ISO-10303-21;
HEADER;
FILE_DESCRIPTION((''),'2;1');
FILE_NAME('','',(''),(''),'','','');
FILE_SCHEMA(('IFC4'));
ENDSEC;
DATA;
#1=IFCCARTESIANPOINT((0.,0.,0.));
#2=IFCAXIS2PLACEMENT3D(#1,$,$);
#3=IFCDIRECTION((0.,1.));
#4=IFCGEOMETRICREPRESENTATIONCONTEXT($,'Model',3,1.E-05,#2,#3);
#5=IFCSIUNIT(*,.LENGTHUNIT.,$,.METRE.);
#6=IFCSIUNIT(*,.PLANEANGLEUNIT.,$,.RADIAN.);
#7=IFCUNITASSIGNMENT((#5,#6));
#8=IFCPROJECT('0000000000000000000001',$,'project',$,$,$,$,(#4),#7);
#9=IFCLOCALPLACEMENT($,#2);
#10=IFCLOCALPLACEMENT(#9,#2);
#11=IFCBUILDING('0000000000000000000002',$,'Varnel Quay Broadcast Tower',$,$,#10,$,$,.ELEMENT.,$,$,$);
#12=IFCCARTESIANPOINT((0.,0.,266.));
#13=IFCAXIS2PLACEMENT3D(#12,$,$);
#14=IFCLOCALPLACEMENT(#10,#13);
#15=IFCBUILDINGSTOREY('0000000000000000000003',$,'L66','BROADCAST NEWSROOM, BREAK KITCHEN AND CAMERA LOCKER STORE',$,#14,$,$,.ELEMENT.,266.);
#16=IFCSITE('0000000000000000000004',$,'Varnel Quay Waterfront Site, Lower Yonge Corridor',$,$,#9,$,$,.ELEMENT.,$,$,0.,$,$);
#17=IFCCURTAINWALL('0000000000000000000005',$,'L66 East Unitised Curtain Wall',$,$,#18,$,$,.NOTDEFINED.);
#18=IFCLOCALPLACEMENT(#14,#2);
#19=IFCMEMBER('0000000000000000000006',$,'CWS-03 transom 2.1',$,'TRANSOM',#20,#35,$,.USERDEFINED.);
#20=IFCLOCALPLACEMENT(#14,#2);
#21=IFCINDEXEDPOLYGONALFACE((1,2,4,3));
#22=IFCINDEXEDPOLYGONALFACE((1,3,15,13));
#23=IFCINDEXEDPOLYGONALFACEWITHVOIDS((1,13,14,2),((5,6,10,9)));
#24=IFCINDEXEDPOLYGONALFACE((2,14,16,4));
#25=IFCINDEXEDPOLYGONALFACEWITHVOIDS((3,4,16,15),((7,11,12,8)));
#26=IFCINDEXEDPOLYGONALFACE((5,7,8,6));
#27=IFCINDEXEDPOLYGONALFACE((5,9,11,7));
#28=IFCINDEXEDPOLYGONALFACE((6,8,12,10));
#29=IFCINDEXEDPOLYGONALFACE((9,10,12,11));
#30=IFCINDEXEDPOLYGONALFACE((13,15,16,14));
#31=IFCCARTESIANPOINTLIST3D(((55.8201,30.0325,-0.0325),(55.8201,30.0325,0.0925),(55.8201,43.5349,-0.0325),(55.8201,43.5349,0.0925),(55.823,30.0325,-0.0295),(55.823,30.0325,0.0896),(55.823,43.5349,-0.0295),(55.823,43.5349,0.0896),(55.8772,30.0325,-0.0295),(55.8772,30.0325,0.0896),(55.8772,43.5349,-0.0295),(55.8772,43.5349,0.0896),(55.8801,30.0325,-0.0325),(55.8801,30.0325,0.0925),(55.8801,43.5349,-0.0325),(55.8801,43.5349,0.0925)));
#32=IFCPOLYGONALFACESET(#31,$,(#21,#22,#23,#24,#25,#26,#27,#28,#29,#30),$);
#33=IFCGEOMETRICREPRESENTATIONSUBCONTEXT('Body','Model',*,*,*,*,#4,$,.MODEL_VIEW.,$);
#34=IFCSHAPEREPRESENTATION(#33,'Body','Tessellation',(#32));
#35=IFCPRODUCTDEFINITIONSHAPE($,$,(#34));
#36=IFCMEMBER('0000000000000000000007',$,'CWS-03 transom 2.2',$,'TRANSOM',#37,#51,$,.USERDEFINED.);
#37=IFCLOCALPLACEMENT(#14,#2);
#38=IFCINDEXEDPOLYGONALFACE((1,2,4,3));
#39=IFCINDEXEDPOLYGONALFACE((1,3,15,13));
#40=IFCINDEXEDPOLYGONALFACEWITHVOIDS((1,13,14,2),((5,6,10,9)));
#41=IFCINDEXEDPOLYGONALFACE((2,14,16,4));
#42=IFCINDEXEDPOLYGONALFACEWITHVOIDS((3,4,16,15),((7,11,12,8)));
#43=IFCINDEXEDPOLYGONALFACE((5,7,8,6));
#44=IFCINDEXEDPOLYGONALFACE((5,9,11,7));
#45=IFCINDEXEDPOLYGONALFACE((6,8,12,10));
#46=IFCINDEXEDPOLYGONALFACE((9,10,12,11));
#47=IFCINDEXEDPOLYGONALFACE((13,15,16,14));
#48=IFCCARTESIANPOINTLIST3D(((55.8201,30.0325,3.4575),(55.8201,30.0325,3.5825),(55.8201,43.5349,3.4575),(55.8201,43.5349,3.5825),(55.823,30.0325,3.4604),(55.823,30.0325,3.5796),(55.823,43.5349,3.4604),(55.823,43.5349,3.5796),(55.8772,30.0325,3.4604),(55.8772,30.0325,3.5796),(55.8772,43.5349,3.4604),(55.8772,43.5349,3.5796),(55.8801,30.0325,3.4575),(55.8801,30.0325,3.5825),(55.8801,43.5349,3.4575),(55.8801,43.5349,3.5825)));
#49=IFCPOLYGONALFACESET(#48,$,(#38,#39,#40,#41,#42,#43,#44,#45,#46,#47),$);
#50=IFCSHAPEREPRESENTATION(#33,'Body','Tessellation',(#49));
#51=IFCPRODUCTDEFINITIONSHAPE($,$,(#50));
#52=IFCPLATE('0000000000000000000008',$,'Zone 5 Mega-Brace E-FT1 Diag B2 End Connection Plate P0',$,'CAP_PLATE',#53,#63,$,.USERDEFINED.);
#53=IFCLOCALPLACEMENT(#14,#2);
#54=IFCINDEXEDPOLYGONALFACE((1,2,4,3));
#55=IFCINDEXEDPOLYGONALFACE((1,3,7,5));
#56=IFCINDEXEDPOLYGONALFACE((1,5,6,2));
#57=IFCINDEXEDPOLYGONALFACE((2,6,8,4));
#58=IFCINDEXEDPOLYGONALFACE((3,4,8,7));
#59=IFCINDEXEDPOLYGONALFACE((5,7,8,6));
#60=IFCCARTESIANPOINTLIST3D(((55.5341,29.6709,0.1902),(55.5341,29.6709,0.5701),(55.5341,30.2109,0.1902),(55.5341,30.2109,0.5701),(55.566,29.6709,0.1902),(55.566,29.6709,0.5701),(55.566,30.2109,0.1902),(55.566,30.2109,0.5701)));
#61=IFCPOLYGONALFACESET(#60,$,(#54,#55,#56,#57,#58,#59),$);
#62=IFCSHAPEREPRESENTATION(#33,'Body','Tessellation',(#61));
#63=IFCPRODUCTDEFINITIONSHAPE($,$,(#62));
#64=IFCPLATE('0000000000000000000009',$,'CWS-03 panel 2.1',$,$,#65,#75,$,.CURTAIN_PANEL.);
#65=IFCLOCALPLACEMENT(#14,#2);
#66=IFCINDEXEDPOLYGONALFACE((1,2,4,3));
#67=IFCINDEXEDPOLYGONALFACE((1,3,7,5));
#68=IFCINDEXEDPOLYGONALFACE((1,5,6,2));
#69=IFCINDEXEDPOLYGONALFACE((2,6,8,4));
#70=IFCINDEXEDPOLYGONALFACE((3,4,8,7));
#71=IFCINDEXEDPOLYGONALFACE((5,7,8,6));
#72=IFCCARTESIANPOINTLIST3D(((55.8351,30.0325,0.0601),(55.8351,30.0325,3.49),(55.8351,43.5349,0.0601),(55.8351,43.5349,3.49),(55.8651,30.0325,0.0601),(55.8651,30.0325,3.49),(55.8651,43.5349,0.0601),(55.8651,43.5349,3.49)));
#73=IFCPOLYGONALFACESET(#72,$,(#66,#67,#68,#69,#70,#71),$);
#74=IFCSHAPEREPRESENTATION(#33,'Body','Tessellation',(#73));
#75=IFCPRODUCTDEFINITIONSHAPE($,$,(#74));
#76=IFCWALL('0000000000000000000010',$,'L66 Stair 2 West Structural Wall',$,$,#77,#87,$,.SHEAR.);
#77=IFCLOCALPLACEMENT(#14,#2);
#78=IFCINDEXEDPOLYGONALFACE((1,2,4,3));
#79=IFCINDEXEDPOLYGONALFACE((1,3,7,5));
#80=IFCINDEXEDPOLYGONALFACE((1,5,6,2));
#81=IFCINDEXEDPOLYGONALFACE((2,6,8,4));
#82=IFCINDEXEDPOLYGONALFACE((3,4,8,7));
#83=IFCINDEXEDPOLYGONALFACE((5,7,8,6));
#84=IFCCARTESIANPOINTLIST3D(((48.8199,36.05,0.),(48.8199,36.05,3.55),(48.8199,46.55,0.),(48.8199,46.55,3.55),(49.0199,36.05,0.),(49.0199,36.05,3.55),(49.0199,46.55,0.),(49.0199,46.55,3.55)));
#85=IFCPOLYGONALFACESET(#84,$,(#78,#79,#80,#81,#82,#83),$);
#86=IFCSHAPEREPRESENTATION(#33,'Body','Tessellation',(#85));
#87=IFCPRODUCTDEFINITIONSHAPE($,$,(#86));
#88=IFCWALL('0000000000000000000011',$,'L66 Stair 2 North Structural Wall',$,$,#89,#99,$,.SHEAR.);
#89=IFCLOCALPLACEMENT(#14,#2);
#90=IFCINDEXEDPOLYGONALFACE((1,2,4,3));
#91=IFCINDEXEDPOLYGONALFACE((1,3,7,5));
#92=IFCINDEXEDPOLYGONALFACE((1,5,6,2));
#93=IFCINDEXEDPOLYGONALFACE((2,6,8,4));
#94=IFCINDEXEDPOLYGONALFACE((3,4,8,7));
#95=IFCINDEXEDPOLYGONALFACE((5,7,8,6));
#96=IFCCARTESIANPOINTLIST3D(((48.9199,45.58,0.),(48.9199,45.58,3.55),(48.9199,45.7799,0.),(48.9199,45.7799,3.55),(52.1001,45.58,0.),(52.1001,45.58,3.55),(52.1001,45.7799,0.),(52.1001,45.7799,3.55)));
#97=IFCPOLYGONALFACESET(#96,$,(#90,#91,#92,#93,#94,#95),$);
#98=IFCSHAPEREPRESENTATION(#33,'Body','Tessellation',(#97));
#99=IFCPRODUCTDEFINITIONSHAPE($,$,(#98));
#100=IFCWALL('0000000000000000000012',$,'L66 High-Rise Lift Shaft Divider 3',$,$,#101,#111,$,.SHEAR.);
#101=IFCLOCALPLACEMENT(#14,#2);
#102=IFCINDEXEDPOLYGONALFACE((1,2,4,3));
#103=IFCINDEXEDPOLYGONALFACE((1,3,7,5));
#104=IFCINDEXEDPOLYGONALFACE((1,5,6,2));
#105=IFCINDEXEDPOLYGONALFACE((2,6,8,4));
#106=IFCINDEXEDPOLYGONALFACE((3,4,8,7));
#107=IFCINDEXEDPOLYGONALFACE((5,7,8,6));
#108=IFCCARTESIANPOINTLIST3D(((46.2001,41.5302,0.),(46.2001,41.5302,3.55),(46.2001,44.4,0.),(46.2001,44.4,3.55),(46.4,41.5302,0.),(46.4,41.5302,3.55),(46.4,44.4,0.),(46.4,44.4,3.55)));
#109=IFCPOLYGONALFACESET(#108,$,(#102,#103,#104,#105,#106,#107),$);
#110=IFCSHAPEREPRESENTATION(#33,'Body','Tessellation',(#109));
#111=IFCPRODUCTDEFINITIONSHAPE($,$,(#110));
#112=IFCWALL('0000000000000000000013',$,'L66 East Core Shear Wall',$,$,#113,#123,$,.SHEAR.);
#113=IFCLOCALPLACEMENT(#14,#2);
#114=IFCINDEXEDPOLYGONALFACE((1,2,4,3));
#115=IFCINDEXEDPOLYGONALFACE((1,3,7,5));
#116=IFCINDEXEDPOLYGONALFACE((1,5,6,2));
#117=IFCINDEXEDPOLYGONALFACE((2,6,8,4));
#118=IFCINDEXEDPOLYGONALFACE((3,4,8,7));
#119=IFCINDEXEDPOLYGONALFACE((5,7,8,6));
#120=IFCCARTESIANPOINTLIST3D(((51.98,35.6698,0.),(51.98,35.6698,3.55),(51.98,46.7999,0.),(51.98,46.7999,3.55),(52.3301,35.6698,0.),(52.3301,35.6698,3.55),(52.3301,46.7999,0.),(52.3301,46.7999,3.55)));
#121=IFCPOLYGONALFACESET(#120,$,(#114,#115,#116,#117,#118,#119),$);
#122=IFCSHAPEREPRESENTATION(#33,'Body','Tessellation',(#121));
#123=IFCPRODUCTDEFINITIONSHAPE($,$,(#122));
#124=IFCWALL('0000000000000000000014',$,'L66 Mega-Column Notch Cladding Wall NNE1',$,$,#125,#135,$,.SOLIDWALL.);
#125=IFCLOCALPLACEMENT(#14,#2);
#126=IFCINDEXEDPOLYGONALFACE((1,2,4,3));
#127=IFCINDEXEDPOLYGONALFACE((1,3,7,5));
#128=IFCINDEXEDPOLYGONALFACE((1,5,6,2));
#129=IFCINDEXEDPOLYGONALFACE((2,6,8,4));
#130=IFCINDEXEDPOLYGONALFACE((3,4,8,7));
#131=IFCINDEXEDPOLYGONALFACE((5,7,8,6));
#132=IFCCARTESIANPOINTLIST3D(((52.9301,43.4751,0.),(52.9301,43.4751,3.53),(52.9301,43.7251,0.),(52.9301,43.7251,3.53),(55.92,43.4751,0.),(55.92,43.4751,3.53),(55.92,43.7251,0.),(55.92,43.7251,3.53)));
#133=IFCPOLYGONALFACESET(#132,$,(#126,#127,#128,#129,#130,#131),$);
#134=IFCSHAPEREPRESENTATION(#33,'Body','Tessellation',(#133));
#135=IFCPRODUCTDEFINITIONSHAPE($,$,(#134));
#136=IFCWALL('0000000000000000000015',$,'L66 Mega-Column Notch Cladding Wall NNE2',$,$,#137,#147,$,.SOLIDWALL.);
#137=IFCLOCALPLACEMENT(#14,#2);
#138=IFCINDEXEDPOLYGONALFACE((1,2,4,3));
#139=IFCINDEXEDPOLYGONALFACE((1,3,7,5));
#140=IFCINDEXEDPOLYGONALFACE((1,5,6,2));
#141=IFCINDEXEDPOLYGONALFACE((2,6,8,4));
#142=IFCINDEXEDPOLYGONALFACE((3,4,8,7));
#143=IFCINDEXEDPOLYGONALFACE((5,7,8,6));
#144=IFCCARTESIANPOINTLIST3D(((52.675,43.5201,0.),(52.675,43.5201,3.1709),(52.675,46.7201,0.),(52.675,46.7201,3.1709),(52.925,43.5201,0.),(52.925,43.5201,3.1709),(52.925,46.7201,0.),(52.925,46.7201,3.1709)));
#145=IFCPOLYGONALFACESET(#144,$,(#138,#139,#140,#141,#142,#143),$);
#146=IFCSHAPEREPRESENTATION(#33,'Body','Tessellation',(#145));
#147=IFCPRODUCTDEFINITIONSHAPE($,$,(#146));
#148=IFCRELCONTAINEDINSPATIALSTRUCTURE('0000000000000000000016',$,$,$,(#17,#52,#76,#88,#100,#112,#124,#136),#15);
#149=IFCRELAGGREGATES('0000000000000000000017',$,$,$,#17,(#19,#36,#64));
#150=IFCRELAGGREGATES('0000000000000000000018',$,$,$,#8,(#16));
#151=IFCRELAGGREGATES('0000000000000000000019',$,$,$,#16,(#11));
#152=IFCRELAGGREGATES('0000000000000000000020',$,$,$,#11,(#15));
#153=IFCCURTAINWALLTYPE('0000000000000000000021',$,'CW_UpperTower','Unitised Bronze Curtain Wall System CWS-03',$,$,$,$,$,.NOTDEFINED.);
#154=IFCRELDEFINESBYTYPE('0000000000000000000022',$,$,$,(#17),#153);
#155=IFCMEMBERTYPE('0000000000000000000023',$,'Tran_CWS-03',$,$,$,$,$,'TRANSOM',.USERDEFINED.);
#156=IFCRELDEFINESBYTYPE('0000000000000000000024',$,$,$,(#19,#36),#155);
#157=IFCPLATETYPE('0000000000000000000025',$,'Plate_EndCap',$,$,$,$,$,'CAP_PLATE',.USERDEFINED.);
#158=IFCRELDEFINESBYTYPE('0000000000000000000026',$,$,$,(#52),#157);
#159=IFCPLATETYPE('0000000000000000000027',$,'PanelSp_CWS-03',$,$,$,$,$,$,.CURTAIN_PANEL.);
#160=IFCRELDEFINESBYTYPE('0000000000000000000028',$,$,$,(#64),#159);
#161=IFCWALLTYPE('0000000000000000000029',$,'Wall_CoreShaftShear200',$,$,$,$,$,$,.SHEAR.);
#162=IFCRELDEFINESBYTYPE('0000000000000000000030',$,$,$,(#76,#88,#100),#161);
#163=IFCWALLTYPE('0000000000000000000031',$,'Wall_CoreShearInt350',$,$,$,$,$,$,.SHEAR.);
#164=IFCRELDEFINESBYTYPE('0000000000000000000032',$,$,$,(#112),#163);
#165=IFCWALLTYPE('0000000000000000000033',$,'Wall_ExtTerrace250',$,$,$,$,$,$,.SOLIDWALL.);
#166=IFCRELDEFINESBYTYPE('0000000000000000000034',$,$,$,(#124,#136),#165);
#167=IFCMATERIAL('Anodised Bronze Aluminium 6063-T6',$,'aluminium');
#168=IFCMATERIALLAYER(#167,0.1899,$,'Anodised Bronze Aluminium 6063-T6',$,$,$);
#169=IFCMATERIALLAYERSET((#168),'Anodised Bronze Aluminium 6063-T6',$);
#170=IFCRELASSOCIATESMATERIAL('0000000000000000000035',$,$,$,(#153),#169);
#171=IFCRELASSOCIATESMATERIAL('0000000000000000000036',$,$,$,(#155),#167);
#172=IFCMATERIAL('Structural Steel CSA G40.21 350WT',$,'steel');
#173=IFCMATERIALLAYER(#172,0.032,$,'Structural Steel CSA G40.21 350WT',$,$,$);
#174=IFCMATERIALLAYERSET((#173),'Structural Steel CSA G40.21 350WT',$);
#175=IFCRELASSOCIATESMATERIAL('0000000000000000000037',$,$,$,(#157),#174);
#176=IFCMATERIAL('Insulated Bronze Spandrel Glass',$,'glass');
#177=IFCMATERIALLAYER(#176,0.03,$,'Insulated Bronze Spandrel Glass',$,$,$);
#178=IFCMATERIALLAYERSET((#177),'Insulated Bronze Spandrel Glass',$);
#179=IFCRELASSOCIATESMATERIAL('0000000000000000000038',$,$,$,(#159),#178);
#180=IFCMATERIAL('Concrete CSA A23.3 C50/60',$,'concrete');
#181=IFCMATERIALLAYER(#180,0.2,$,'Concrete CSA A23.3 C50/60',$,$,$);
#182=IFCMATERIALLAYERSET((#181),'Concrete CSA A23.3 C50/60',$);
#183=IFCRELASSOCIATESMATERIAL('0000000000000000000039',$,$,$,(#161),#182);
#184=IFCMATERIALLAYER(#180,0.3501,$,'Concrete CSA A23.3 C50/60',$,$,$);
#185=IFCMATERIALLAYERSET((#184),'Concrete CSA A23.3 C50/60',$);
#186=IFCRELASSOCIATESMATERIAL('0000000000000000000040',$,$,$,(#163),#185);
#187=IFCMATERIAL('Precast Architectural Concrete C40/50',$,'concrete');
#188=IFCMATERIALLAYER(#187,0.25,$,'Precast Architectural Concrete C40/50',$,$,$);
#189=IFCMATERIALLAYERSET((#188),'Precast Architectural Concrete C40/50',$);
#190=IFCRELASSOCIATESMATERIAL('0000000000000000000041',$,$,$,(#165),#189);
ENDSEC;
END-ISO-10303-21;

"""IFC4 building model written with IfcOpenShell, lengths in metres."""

from ifc_helpers import new_model, si_unit, direction, frame, frame_2d, origin, origin_2d, place, context, subcontext, project, spatial, rectangle, hollow_rectangle, extrude, source, transform, mapped, material, layer, layer_set, material_profile, profile_set, type_object, type_shapes, element, aggregate, save


model = new_model("IFC4")

# Units and contexts
model_context = context("Model", 3, precision=1e-05, world=origin(), true_north=direction((0.0, 1.0)))
body_context = subcontext(model_context, "Body", "Model", "MODEL_VIEW")
ifc_project = project(units=[si_unit("LENGTHUNIT", "METRE"), si_unit("PLANEANGLEUNIT", "RADIAN")], contexts=[model_context])

# Site, building, storey
site_placement = place(None, origin())
site = spatial("IfcSite", under=ifc_project, at=site_placement, Name="Varnel Quay Waterfront Site, Lower Yonge Corridor", CompositionType="ELEMENT", RefElevation=0.0)
building_placement = place(site_placement, origin())
building = spatial("IfcBuilding", under=site, at=building_placement, Name="Varnel Quay Broadcast Tower", CompositionType="ELEMENT")
storey_placement = place(building_placement, frame((0.0, 0.0, 266.0)))
storey = spatial("IfcBuildingStorey", under=building, at=storey_placement, Name="L66", Description="BROADCAST NEWSROOM, BREAK KITCHEN AND CAMERA LOCKER STORE", CompositionType="ELEMENT", Elevation=266.0)

# Shared definitions
ifc_material_1 = material(Name="Structural Steel CSA G40.21 350WT", Category="steel")

# Curtain wall, members
ifc_material_2 = material(Name="Anodised Bronze Aluminium 6063-T6", Category="aluminium")
ifc_layer_1 = layer(ifc_material_2, 0.1899, Name="Anodised Bronze Aluminium 6063-T6")
ifc_layer_set_1 = layer_set([ifc_layer_1], Name="Anodised Bronze Aluminium 6063-T6")
curtain_wall_type = type_object("IfcCurtainWallType", Name="CW_UpperTower", Description="Unitised Bronze Curtain Wall System CWS-03", PredefinedType="NOTDEFINED", material=ifc_layer_set_1)
curtain_wall_placement = place(storey_placement, origin())
curtain_wall = element("IfcCurtainWall", 1, at=curtain_wall_placement, inside=storey, type_object=curtain_wall_type, Name="L66 East Unitised Curtain Wall", PredefinedType="NOTDEFINED")
ifc_material_profile_1 = material_profile(ifc_material_2, hollow_rectangle(XDim=0.0601, YDim=0.125, WallThickness=0.0029, at=origin_2d()), Name="ALU60X125X3")
ifc_profile_set_1 = profile_set([ifc_material_profile_1], Name="Anodised Bronze Aluminium 6063-T6")
member_type_1 = type_object("IfcMemberType", Name="Tran_CWS-03", ElementType="TRANSOM", PredefinedType="USERDEFINED", material=ifc_profile_set_1)
shared_shape_1 = source(origin(), body_context, "Body", "SweptSolid", [
    extrude(hollow_rectangle(XDim=0.0601, YDim=0.125, WallThickness=0.0029, at=origin_2d()), origin(), (0.0, 0.0, 1.0), 13.5024),
])
type_shapes(member_type_1, [shared_shape_1])
member_1_placement = place(storey_placement, frame((55.8501, 30.0325, 0.03), z_axis=(0.0, 1.0, 0.0), x_axis=(-1.0, 0.0, 0.0)))
member_1 = element("IfcMember", 2, at=member_1_placement, type_object=member_type_1, Name="CWS-03 transom 2.1", ObjectType="TRANSOM", PredefinedType="USERDEFINED", context=body_context, shape_type="MappedRepresentation", body=[
    mapped(shared_shape_1, transform((0.0, 0.0, 0.0), x_axis=(1.0, 0.0, 0.0), y_axis=(0.0, 1.0, 0.0), z_axis=(0.0, 0.0, 1.0), scale=1.0)),
])
member_2_placement = place(storey_placement, frame((55.8501, 30.0325, 3.52), z_axis=(0.0, 1.0, 0.0), x_axis=(-1.0, 0.0, 0.0)))
member_2 = element("IfcMember", 3, at=member_2_placement, type_object=member_type_1, Name="CWS-03 transom 2.2", ObjectType="TRANSOM", PredefinedType="USERDEFINED", context=body_context, shape_type="MappedRepresentation", body=[
    mapped(shared_shape_1, transform((0.0, 0.0, 0.0), x_axis=(1.0, 0.0, 0.0), y_axis=(0.0, 1.0, 0.0), z_axis=(0.0, 0.0, 1.0), scale=1.0)),
])

# Plates
ifc_layer_2 = layer(ifc_material_1, 0.032, Name="Structural Steel CSA G40.21 350WT")
ifc_layer_set_2 = layer_set([ifc_layer_2], Name="Structural Steel CSA G40.21 350WT")
plate_type_1 = type_object("IfcPlateType", Name="Plate_EndCap", ElementType="CAP_PLATE", PredefinedType="USERDEFINED", material=ifc_layer_set_2)
shared_shape_2 = source(origin(), body_context, "Body", "SweptSolid", [
    extrude(rectangle(XDim=0.54, YDim=0.032, at=origin_2d()), origin(), (0.0, 0.0, 1.0), 0.3799),
])
type_shapes(plate_type_1, [shared_shape_2])
plate_1_placement = place(storey_placement, frame((55.55, 29.9409, 0.1902), z_axis=(0.0, 0.0, 1.0), x_axis=(0.0, 1.0, 0.0)))
element("IfcPlate", 4, at=plate_1_placement, inside=storey, type_object=plate_type_1, Name="Zone 5 Mega-Brace E-FT1 Diag B2 End Connection Plate P0", ObjectType="CAP_PLATE", PredefinedType="USERDEFINED", context=body_context, shape_type="MappedRepresentation", body=[
    mapped(shared_shape_2, transform((0.0, 0.0, 0.0), x_axis=(1.0, 0.0, 0.0), y_axis=(0.0, 1.0, 0.0), z_axis=(0.0, 0.0, 1.0), scale=1.0)),
])
ifc_material_3 = material(Name="Insulated Bronze Spandrel Glass", Category="glass")
ifc_layer_3 = layer(ifc_material_3, 0.03, Name="Insulated Bronze Spandrel Glass")
ifc_layer_set_3 = layer_set([ifc_layer_3], Name="Insulated Bronze Spandrel Glass")
plate_type_2 = type_object("IfcPlateType", Name="PanelSp_CWS-03", PredefinedType="CURTAIN_PANEL", material=ifc_layer_set_3)
shared_shape_3 = source(origin(), body_context, "Body", "SweptSolid", [
    extrude(rectangle(XDim=13.5024, YDim=0.03, at=origin_2d()), origin(), (0.0, 0.0, 1.0), 3.4299),
])
type_shapes(plate_type_2, [shared_shape_3])
plate_2_placement = place(storey_placement, frame((55.8501, 36.7837, 0.0601), z_axis=(0.0, 0.0, 1.0), x_axis=(0.0, 1.0, 0.0)))
plate_2 = element("IfcPlate", 5, at=plate_2_placement, type_object=plate_type_2, Name="CWS-03 panel 2.1", PredefinedType="CURTAIN_PANEL", context=body_context, shape_type="MappedRepresentation", body=[
    mapped(shared_shape_3, transform((0.0, 0.0, 0.0), x_axis=(1.0, 0.0, 0.0), y_axis=(0.0, 1.0, 0.0), z_axis=(0.0, 0.0, 1.0), scale=1.0)),
])
aggregate(curtain_wall, [member_1, member_2, plate_2])

# Walls
ifc_material_4 = material(Name="Concrete CSA A23.3 C50/60", Category="concrete")
ifc_layer_4 = layer(ifc_material_4, 0.2, Name="Concrete CSA A23.3 C50/60")
ifc_layer_set_4 = layer_set([ifc_layer_4], Name="Concrete CSA A23.3 C50/60")
wall_type_1 = type_object("IfcWallType", Name="Wall_CoreShaftShear200", PredefinedType="SHEAR", material=ifc_layer_set_4)
wall_1_placement = place(storey_placement, frame((48.9199, 36.05, 0.0), z_axis=(0.0, 0.0, 1.0), x_axis=(0.0, 1.0, 0.0)))
element("IfcWall", 6, at=wall_1_placement, inside=storey, type_object=wall_type_1, Name="L66 Stair 2 West Structural Wall", PredefinedType="SHEAR", context=body_context, shape_type="SweptSolid", body=[
    extrude(rectangle(XDim=10.5, YDim=0.2, at=frame_2d((5.25, 0.0))), origin(), (0.0, 0.0, 1.0), 3.55),
])
wall_2_placement = place(storey_placement, frame((48.9199, 45.6799, 0.0), z_axis=(0.0, 0.0, 1.0), x_axis=(1.0, 0.0, 0.0)))
element("IfcWall", 7, at=wall_2_placement, inside=storey, type_object=wall_type_1, Name="L66 Stair 2 North Structural Wall", PredefinedType="SHEAR", context=body_context, shape_type="SweptSolid", body=[
    extrude(rectangle(XDim=3.1802, YDim=0.2, at=frame_2d((1.5901, 0.0))), origin(), (0.0, 0.0, 1.0), 3.55),
])
wall_3_placement = place(storey_placement, frame((46.3, 41.53, 0.0), z_axis=(0.0, 0.0, 1.0), x_axis=(0.0, 1.0, 0.0)))
element("IfcWall", 8, at=wall_3_placement, inside=storey, type_object=wall_type_1, Name="L66 High-Rise Lift Shaft Divider 3", PredefinedType="SHEAR", context=body_context, shape_type="SweptSolid", body=[
    extrude(rectangle(XDim=2.8699, YDim=0.2, at=frame_2d((1.4351, 0.0))), origin(), (0.0, 0.0, 1.0), 3.55),
])
ifc_layer_5 = layer(ifc_material_4, 0.3501, Name="Concrete CSA A23.3 C50/60")
ifc_layer_set_5 = layer_set([ifc_layer_5], Name="Concrete CSA A23.3 C50/60")
wall_type_2 = type_object("IfcWallType", Name="Wall_CoreShearInt350", PredefinedType="SHEAR", material=ifc_layer_set_5)
wall_4_placement = place(storey_placement, frame((52.155, 35.6699, 0.0), z_axis=(0.0, 0.0, 1.0), x_axis=(0.0, 1.0, 0.0)))
element("IfcWall", 9, at=wall_4_placement, inside=storey, type_object=wall_type_2, Name="L66 East Core Shear Wall", PredefinedType="SHEAR", context=body_context, shape_type="SweptSolid", body=[
    extrude(rectangle(XDim=11.1301, YDim=0.3501, at=frame_2d((5.5649, 0.0))), origin(), (0.0, 0.0, 1.0), 3.55),
])
ifc_material_5 = material(Name="Precast Architectural Concrete C40/50", Category="concrete")
ifc_layer_6 = layer(ifc_material_5, 0.25, Name="Precast Architectural Concrete C40/50")
ifc_layer_set_6 = layer_set([ifc_layer_6], Name="Precast Architectural Concrete C40/50")
wall_type_3 = type_object("IfcWallType", Name="Wall_ExtTerrace250", PredefinedType="SOLIDWALL", material=ifc_layer_set_6)
wall_5_placement = place(storey_placement, frame((52.9299, 43.6001, 0.0), z_axis=(0.0, 0.0, 1.0), x_axis=(1.0, 0.0, 0.0)))
element("IfcWall", 10, at=wall_5_placement, inside=storey, type_object=wall_type_3, Name="L66 Mega-Column Notch Cladding Wall NNE1", PredefinedType="SOLIDWALL", context=body_context, shape_type="SweptSolid", body=[
    extrude(rectangle(XDim=2.99, YDim=0.25, at=frame_2d((1.4951, 0.0))), origin(), (0.0, 0.0, 1.0), 3.53),
])
wall_6_placement = place(storey_placement, frame((52.8, 43.52, 0.0), z_axis=(0.0, 0.0, 1.0), x_axis=(0.0, 1.0, 0.0)))
element("IfcWall", 11, at=wall_6_placement, inside=storey, type_object=wall_type_3, Name="L66 Mega-Column Notch Cladding Wall NNE2", PredefinedType="SOLIDWALL", context=body_context, shape_type="SweptSolid", body=[
    extrude(rectangle(XDim=3.2, YDim=0.25, at=frame_2d((1.6001, 0.0))), origin(), (0.0, 0.0, 1.0), 3.1709),
])

save(model, "model.ifc")
